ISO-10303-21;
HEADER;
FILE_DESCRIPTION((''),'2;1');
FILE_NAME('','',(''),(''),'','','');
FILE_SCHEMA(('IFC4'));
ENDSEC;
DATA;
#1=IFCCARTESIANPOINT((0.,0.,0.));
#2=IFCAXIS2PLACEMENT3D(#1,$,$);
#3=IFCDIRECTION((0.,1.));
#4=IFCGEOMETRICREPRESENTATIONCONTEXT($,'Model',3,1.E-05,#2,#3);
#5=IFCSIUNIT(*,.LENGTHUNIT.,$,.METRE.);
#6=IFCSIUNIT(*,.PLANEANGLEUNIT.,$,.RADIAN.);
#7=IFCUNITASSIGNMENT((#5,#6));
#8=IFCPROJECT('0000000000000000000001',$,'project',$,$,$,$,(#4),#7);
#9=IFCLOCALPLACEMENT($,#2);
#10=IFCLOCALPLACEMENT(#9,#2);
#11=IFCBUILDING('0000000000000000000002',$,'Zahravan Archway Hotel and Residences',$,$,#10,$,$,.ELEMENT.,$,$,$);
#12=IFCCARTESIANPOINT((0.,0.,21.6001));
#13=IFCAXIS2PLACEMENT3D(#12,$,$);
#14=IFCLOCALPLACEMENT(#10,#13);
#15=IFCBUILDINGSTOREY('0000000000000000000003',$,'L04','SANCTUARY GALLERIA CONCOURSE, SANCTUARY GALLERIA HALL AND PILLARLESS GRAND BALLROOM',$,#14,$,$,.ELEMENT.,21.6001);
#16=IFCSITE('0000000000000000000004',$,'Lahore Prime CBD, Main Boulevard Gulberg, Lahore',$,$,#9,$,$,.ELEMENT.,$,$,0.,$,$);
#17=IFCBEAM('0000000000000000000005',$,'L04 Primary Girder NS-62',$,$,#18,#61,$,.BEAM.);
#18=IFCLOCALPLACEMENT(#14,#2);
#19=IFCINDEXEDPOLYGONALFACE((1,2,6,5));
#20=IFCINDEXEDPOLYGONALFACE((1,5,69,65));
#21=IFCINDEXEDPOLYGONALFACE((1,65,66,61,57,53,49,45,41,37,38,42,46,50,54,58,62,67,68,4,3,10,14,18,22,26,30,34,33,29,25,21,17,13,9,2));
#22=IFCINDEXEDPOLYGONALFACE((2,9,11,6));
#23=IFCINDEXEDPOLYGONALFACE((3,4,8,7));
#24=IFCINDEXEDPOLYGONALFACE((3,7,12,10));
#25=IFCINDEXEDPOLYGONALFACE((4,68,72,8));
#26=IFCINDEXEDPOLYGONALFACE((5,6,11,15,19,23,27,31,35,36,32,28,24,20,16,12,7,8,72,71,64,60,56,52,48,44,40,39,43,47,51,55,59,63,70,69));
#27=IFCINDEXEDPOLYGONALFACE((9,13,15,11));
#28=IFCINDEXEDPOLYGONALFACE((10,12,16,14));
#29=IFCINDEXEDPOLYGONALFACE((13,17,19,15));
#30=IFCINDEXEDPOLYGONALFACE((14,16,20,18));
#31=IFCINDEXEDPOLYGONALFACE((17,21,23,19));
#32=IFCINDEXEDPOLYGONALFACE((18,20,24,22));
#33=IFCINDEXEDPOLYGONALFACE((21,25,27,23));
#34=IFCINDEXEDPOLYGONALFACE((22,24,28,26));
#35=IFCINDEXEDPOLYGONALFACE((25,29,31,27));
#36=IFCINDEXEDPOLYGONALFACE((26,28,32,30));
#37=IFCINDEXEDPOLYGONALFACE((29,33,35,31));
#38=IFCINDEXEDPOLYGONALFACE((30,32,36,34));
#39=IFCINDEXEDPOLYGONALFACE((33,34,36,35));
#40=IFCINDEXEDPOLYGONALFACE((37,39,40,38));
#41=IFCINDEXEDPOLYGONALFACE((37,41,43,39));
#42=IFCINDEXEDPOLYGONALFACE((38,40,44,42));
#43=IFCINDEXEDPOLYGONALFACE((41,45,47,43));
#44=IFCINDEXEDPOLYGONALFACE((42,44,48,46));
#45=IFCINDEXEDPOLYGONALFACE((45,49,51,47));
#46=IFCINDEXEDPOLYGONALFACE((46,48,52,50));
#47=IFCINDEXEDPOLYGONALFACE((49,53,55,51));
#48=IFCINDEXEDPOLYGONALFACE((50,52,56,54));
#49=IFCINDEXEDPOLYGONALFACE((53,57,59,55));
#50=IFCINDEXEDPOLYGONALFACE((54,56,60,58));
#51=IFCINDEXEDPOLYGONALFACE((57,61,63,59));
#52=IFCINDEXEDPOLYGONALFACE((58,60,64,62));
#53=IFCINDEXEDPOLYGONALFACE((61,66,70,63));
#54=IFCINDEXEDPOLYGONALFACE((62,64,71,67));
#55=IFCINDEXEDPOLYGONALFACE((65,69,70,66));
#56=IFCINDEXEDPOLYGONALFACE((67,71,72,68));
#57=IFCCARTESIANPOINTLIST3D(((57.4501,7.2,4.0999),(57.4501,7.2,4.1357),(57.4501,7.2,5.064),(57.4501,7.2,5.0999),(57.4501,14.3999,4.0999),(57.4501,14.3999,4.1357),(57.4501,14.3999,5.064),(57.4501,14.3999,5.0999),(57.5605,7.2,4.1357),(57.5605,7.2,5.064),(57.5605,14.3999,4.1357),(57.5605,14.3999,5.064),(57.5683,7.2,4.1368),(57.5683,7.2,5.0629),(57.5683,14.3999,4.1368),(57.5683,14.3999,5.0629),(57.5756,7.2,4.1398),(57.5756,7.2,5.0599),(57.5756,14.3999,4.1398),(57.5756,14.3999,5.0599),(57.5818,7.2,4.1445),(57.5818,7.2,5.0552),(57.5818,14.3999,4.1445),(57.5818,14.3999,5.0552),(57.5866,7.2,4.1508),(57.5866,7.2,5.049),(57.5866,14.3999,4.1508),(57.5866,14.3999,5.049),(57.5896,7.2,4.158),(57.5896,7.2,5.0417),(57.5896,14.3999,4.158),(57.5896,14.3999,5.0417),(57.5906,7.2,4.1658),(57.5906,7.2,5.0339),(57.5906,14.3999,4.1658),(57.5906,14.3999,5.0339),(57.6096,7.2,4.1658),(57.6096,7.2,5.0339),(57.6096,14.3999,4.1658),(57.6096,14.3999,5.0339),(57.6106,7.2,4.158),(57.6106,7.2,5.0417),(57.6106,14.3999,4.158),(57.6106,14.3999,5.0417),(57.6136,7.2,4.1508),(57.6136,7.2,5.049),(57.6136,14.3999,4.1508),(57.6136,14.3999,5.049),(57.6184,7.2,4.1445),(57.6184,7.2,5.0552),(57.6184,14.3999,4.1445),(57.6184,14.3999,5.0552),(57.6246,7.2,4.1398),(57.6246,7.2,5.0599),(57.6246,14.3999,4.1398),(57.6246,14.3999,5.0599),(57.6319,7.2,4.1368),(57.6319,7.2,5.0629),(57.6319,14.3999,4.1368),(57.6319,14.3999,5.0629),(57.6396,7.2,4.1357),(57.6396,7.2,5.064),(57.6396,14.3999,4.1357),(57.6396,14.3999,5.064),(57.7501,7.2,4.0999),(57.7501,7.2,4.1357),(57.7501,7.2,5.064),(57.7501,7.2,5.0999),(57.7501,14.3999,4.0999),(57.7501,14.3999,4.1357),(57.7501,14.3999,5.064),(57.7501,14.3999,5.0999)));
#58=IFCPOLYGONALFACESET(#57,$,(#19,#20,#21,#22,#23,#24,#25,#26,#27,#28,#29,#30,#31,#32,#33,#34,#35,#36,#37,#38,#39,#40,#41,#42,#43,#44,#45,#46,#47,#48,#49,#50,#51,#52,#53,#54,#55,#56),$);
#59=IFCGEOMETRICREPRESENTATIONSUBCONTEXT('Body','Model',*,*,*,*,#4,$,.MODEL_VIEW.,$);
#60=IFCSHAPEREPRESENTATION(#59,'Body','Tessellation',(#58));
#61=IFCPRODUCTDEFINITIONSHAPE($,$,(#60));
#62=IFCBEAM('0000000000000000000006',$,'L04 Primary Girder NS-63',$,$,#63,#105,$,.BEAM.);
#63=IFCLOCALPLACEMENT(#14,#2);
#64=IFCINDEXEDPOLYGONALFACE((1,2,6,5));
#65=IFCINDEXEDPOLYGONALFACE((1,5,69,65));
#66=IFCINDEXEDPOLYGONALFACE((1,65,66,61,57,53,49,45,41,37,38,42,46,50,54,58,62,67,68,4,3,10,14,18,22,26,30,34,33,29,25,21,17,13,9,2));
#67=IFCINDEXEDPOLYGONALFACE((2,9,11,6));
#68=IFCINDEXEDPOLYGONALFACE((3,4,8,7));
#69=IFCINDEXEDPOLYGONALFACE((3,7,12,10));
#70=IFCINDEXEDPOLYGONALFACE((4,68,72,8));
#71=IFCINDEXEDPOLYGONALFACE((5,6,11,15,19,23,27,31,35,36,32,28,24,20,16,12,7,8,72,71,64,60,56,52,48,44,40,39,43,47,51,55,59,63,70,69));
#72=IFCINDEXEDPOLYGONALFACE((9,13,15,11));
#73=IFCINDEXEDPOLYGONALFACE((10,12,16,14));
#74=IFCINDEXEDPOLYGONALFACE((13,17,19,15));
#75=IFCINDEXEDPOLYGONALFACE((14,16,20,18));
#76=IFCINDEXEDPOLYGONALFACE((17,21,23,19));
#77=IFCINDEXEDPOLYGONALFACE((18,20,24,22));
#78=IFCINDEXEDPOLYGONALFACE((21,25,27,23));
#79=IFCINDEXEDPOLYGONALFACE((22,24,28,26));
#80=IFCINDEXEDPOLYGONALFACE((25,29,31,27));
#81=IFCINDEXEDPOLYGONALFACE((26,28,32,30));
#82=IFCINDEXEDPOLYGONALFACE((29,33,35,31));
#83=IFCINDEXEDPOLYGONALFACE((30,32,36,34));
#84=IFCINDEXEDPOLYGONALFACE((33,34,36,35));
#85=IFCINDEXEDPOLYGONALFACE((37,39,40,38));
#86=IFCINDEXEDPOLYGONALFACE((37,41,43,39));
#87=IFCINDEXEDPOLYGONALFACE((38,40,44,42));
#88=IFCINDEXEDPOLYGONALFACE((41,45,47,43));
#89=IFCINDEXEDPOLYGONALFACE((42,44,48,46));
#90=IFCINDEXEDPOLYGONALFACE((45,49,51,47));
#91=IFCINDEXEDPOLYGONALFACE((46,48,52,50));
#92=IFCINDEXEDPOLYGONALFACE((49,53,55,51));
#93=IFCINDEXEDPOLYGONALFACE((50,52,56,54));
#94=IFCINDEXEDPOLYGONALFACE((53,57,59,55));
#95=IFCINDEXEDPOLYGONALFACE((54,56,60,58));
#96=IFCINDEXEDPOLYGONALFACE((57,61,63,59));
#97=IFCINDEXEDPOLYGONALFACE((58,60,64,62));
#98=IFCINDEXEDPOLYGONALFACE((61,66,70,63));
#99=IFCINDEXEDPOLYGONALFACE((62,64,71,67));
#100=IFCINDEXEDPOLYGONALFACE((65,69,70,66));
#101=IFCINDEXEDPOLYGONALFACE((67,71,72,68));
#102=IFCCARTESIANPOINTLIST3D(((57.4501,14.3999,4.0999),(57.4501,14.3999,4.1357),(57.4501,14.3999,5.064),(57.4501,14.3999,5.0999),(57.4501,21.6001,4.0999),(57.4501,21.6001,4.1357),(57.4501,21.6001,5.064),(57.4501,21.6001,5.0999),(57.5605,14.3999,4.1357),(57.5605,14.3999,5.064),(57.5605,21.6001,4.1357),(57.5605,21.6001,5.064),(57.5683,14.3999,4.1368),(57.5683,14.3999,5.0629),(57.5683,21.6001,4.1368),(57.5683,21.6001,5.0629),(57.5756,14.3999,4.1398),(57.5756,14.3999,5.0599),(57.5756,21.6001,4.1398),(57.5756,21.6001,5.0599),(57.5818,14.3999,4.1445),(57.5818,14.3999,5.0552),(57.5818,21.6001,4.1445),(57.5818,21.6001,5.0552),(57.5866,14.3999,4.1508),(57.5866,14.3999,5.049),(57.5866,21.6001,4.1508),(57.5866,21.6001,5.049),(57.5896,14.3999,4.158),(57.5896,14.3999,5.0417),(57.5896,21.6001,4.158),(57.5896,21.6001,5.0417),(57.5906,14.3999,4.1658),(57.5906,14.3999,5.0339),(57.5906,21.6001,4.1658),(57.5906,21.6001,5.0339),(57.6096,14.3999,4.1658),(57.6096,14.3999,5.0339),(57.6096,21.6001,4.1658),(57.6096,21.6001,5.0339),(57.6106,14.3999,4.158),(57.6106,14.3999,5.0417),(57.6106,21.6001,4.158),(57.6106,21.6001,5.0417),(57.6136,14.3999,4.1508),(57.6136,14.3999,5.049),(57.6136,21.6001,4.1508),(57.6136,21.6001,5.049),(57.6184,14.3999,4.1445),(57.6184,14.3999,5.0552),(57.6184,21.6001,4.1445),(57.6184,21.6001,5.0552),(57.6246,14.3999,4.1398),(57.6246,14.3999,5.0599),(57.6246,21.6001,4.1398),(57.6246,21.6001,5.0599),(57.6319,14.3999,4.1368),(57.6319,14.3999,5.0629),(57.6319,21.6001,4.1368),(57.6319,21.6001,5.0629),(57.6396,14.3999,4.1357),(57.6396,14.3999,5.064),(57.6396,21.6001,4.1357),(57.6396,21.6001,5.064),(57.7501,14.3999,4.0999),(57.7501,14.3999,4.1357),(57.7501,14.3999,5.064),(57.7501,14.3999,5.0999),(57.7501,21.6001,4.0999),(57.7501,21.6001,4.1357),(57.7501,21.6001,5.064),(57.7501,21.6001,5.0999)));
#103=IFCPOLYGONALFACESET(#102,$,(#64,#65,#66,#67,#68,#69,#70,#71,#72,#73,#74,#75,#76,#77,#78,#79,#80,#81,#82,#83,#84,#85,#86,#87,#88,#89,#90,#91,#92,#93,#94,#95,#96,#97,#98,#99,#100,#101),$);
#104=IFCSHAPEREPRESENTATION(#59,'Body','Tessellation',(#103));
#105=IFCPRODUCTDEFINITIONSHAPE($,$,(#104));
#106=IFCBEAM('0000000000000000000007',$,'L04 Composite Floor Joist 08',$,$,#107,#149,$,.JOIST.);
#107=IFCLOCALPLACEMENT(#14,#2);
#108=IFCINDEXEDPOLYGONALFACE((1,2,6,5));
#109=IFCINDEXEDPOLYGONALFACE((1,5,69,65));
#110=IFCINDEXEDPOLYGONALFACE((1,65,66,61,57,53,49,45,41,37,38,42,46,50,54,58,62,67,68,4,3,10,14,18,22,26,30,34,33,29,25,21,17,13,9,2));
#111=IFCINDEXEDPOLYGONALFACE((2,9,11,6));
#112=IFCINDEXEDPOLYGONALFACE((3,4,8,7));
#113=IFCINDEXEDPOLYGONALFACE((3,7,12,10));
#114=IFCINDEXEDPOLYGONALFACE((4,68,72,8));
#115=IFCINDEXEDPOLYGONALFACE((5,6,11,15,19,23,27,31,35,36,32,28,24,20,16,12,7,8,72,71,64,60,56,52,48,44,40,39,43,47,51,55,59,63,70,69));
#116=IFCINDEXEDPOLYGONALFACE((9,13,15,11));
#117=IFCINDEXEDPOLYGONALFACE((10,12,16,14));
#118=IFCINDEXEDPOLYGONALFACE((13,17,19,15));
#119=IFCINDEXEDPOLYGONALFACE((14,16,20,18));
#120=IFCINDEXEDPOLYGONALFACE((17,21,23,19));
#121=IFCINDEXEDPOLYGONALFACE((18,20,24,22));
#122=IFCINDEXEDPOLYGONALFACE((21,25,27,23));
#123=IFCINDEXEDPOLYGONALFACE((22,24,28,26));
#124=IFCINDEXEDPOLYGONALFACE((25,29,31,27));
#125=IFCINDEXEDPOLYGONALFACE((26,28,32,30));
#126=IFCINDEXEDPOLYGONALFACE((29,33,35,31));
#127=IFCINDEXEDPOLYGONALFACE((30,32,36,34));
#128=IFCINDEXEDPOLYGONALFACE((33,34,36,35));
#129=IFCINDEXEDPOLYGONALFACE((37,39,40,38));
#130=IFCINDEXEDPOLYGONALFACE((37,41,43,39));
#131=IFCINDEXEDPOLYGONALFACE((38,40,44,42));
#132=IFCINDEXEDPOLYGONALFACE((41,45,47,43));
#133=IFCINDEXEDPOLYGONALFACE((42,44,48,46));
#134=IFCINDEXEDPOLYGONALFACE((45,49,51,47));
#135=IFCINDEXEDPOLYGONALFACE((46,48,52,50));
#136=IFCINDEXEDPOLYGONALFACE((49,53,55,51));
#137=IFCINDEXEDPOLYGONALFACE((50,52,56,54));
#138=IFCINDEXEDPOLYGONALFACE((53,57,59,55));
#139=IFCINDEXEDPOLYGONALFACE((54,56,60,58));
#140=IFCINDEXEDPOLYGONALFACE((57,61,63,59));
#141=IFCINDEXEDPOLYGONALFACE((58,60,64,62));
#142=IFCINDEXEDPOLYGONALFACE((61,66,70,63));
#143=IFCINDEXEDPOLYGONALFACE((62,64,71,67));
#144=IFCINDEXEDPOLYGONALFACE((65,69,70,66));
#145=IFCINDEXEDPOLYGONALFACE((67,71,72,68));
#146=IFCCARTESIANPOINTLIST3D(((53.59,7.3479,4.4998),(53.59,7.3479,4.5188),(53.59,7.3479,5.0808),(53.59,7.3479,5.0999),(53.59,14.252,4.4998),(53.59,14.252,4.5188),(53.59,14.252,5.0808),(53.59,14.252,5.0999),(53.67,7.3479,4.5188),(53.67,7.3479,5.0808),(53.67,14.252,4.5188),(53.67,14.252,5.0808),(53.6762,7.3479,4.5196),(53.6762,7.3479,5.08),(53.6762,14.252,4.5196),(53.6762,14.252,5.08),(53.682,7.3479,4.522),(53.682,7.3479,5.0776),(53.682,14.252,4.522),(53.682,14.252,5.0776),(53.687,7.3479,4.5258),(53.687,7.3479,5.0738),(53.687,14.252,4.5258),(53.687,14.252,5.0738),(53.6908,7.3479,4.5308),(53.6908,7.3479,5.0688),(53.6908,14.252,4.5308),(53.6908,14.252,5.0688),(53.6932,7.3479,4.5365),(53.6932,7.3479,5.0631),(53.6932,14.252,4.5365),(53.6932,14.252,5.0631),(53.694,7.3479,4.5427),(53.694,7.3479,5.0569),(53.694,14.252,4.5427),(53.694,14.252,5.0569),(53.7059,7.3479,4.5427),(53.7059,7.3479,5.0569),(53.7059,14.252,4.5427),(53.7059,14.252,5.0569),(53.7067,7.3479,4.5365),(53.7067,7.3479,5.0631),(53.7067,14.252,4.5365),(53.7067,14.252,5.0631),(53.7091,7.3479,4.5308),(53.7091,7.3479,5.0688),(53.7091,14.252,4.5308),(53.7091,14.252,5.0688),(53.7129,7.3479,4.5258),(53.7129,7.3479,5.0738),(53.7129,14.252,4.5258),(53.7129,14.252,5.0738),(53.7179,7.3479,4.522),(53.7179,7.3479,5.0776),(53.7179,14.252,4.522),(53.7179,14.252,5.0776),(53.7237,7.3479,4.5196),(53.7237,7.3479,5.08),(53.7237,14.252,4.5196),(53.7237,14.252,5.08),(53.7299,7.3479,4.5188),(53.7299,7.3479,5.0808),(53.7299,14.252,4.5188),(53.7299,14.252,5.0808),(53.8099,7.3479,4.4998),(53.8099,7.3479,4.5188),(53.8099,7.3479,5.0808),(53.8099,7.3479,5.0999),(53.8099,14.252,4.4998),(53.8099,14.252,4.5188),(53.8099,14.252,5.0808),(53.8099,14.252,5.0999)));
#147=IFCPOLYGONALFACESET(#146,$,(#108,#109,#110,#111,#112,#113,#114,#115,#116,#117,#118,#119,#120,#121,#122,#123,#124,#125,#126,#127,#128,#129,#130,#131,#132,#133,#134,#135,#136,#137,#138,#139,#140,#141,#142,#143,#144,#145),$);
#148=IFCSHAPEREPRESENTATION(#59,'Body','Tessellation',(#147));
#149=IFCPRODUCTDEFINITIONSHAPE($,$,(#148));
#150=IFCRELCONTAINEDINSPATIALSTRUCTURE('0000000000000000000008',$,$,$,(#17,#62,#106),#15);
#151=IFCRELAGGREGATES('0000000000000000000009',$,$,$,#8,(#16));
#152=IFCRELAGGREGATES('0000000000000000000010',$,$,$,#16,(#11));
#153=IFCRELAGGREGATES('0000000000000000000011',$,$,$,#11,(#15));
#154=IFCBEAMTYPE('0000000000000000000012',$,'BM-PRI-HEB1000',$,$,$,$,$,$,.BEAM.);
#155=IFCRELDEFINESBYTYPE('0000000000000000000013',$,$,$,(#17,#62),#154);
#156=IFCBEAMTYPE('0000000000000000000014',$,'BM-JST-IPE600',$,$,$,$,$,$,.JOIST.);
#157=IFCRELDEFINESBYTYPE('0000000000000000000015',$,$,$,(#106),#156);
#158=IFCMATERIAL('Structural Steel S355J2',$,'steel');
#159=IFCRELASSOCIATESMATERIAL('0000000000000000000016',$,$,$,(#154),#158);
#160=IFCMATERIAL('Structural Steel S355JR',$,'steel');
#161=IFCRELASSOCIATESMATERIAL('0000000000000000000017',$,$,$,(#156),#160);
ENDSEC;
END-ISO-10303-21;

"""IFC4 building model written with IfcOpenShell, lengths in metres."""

from ifc_helpers import new_model, si_unit, direction, frame, origin, origin_2d, place, context, subcontext, project, spatial, i_section, extrude, source, transform, mapped, material, material_profile, profile_set, type_object, type_shapes, element, save


model = new_model("IFC4")

# Units and contexts
model_context = context("Model", 3, precision=1e-05, world=origin(), true_north=direction((0.0, 1.0)))
body_context = subcontext(model_context, "Body", "Model", "MODEL_VIEW")
ifc_project = project(units=[si_unit("LENGTHUNIT", "METRE"), si_unit("PLANEANGLEUNIT", "RADIAN")], contexts=[model_context])

# Site, building, storey
site_placement = place(None, origin())
site = spatial("IfcSite", under=ifc_project, at=site_placement, Name="Lahore Prime CBD, Main Boulevard Gulberg, Lahore", CompositionType="ELEMENT", RefElevation=0.0)
building_placement = place(site_placement, origin())
building = spatial("IfcBuilding", under=site, at=building_placement, Name="Zahravan Archway Hotel and Residences", CompositionType="ELEMENT")
storey_placement = place(building_placement, frame((0.0, 0.0, 21.6001)))
storey = spatial("IfcBuildingStorey", under=building, at=storey_placement, Name="L04", Description="SANCTUARY GALLERIA CONCOURSE, SANCTUARY GALLERIA HALL AND PILLARLESS GRAND BALLROOM", CompositionType="ELEMENT", Elevation=21.6001)

# Beams
ifc_material_1 = material(Name="Structural Steel S355J2", Category="steel")
ifc_material_profile_1 = material_profile(ifc_material_1, i_section(OverallWidth=0.3, OverallDepth=1.0, WebThickness=0.019, FlangeThickness=0.0359, FilletRadius=0.03, at=origin_2d()), Name="HEB 1000", Category="steel")
ifc_profile_set_1 = profile_set([ifc_material_profile_1], Name="Structural Steel S355J2")
beam_type_1 = type_object("IfcBeamType", Name="BM-PRI-HEB1000", PredefinedType="BEAM", material=ifc_profile_set_1)
shared_shape_1 = source(origin(), body_context, "Body", "SweptSolid", [
    extrude(i_section(OverallWidth=0.3, OverallDepth=1.0, WebThickness=0.019, FlangeThickness=0.0359, FilletRadius=0.03, at=origin_2d()), origin(), (0.0, 0.0, 1.0), 7.2),
])
for number, where, z_axis, x_axis, name in (
    (1, (57.6001, 7.2, 4.5999), (0.0, 1.0, 0.0), (-1.0, 0.0, 0.0), "L04 Primary Girder NS-62"),
):
    element("IfcBeam", number, at=place(storey_placement, frame(where, z_axis=z_axis, x_axis=x_axis)), inside=storey, type_object=beam_type_1, Name=name, PredefinedType="BEAM", context=body_context, shape_type="MappedRepresentation", body=[
        mapped(shared_shape_1, transform((0.0, 0.0, 0.0), scale=1.0)),
    ])
shared_shape_2 = source(origin(), body_context, "Body", "SweptSolid", [
    extrude(i_section(OverallWidth=0.3, OverallDepth=1.0, WebThickness=0.019, FlangeThickness=0.0359, FilletRadius=0.03, at=origin_2d()), origin(), (0.0, 0.0, 1.0), 7.2002),
])
beam_1_placement = place(storey_placement, frame((57.6001, 14.3999, 4.5999), z_axis=(0.0, 1.0, 0.0), x_axis=(-1.0, 0.0, 0.0)))
element("IfcBeam", 2, at=beam_1_placement, inside=storey, type_object=beam_type_1, Name="L04 Primary Girder NS-63", PredefinedType="BEAM", context=body_context, shape_type="MappedRepresentation", body=[
    mapped(shared_shape_2, transform((0.0, 0.0, 0.0), scale=1.0)),
])
ifc_material_2 = material(Name="Structural Steel S355JR", Category="steel")
ifc_material_profile_2 = material_profile(ifc_material_2, i_section(OverallWidth=0.22, OverallDepth=0.6001, WebThickness=0.012, FlangeThickness=0.019, FilletRadius=0.0239, at=origin_2d()), Name="IPE 600", Category="steel")
ifc_profile_set_2 = profile_set([ifc_material_profile_2], Name="Structural Steel S355JR")
beam_type_2 = type_object("IfcBeamType", Name="BM-JST-IPE600", PredefinedType="JOIST", material=ifc_profile_set_2)
shared_shape_3 = source(origin(), body_context, "Body", "SweptSolid", [
    extrude(i_section(OverallWidth=0.22, OverallDepth=0.6001, WebThickness=0.012, FlangeThickness=0.019, FilletRadius=0.0239, at=origin_2d()), origin(), (0.0, 0.0, 1.0), 6.9041),
])
type_shapes(beam_type_2, [shared_shape_3])
beam_2_placement = place(storey_placement, frame((53.7, 7.3479, 4.7998), z_axis=(0.0, 1.0, 0.0), x_axis=(-1.0, 0.0, 0.0)))
element("IfcBeam", 3, at=beam_2_placement, inside=storey, type_object=beam_type_2, Name="L04 Composite Floor Joist 08", PredefinedType="JOIST", context=body_context, shape_type="MappedRepresentation", body=[
    mapped(shared_shape_3, transform((0.0, 0.0, 0.0), scale=1.0)),
])

save(model, "model.ifc")
